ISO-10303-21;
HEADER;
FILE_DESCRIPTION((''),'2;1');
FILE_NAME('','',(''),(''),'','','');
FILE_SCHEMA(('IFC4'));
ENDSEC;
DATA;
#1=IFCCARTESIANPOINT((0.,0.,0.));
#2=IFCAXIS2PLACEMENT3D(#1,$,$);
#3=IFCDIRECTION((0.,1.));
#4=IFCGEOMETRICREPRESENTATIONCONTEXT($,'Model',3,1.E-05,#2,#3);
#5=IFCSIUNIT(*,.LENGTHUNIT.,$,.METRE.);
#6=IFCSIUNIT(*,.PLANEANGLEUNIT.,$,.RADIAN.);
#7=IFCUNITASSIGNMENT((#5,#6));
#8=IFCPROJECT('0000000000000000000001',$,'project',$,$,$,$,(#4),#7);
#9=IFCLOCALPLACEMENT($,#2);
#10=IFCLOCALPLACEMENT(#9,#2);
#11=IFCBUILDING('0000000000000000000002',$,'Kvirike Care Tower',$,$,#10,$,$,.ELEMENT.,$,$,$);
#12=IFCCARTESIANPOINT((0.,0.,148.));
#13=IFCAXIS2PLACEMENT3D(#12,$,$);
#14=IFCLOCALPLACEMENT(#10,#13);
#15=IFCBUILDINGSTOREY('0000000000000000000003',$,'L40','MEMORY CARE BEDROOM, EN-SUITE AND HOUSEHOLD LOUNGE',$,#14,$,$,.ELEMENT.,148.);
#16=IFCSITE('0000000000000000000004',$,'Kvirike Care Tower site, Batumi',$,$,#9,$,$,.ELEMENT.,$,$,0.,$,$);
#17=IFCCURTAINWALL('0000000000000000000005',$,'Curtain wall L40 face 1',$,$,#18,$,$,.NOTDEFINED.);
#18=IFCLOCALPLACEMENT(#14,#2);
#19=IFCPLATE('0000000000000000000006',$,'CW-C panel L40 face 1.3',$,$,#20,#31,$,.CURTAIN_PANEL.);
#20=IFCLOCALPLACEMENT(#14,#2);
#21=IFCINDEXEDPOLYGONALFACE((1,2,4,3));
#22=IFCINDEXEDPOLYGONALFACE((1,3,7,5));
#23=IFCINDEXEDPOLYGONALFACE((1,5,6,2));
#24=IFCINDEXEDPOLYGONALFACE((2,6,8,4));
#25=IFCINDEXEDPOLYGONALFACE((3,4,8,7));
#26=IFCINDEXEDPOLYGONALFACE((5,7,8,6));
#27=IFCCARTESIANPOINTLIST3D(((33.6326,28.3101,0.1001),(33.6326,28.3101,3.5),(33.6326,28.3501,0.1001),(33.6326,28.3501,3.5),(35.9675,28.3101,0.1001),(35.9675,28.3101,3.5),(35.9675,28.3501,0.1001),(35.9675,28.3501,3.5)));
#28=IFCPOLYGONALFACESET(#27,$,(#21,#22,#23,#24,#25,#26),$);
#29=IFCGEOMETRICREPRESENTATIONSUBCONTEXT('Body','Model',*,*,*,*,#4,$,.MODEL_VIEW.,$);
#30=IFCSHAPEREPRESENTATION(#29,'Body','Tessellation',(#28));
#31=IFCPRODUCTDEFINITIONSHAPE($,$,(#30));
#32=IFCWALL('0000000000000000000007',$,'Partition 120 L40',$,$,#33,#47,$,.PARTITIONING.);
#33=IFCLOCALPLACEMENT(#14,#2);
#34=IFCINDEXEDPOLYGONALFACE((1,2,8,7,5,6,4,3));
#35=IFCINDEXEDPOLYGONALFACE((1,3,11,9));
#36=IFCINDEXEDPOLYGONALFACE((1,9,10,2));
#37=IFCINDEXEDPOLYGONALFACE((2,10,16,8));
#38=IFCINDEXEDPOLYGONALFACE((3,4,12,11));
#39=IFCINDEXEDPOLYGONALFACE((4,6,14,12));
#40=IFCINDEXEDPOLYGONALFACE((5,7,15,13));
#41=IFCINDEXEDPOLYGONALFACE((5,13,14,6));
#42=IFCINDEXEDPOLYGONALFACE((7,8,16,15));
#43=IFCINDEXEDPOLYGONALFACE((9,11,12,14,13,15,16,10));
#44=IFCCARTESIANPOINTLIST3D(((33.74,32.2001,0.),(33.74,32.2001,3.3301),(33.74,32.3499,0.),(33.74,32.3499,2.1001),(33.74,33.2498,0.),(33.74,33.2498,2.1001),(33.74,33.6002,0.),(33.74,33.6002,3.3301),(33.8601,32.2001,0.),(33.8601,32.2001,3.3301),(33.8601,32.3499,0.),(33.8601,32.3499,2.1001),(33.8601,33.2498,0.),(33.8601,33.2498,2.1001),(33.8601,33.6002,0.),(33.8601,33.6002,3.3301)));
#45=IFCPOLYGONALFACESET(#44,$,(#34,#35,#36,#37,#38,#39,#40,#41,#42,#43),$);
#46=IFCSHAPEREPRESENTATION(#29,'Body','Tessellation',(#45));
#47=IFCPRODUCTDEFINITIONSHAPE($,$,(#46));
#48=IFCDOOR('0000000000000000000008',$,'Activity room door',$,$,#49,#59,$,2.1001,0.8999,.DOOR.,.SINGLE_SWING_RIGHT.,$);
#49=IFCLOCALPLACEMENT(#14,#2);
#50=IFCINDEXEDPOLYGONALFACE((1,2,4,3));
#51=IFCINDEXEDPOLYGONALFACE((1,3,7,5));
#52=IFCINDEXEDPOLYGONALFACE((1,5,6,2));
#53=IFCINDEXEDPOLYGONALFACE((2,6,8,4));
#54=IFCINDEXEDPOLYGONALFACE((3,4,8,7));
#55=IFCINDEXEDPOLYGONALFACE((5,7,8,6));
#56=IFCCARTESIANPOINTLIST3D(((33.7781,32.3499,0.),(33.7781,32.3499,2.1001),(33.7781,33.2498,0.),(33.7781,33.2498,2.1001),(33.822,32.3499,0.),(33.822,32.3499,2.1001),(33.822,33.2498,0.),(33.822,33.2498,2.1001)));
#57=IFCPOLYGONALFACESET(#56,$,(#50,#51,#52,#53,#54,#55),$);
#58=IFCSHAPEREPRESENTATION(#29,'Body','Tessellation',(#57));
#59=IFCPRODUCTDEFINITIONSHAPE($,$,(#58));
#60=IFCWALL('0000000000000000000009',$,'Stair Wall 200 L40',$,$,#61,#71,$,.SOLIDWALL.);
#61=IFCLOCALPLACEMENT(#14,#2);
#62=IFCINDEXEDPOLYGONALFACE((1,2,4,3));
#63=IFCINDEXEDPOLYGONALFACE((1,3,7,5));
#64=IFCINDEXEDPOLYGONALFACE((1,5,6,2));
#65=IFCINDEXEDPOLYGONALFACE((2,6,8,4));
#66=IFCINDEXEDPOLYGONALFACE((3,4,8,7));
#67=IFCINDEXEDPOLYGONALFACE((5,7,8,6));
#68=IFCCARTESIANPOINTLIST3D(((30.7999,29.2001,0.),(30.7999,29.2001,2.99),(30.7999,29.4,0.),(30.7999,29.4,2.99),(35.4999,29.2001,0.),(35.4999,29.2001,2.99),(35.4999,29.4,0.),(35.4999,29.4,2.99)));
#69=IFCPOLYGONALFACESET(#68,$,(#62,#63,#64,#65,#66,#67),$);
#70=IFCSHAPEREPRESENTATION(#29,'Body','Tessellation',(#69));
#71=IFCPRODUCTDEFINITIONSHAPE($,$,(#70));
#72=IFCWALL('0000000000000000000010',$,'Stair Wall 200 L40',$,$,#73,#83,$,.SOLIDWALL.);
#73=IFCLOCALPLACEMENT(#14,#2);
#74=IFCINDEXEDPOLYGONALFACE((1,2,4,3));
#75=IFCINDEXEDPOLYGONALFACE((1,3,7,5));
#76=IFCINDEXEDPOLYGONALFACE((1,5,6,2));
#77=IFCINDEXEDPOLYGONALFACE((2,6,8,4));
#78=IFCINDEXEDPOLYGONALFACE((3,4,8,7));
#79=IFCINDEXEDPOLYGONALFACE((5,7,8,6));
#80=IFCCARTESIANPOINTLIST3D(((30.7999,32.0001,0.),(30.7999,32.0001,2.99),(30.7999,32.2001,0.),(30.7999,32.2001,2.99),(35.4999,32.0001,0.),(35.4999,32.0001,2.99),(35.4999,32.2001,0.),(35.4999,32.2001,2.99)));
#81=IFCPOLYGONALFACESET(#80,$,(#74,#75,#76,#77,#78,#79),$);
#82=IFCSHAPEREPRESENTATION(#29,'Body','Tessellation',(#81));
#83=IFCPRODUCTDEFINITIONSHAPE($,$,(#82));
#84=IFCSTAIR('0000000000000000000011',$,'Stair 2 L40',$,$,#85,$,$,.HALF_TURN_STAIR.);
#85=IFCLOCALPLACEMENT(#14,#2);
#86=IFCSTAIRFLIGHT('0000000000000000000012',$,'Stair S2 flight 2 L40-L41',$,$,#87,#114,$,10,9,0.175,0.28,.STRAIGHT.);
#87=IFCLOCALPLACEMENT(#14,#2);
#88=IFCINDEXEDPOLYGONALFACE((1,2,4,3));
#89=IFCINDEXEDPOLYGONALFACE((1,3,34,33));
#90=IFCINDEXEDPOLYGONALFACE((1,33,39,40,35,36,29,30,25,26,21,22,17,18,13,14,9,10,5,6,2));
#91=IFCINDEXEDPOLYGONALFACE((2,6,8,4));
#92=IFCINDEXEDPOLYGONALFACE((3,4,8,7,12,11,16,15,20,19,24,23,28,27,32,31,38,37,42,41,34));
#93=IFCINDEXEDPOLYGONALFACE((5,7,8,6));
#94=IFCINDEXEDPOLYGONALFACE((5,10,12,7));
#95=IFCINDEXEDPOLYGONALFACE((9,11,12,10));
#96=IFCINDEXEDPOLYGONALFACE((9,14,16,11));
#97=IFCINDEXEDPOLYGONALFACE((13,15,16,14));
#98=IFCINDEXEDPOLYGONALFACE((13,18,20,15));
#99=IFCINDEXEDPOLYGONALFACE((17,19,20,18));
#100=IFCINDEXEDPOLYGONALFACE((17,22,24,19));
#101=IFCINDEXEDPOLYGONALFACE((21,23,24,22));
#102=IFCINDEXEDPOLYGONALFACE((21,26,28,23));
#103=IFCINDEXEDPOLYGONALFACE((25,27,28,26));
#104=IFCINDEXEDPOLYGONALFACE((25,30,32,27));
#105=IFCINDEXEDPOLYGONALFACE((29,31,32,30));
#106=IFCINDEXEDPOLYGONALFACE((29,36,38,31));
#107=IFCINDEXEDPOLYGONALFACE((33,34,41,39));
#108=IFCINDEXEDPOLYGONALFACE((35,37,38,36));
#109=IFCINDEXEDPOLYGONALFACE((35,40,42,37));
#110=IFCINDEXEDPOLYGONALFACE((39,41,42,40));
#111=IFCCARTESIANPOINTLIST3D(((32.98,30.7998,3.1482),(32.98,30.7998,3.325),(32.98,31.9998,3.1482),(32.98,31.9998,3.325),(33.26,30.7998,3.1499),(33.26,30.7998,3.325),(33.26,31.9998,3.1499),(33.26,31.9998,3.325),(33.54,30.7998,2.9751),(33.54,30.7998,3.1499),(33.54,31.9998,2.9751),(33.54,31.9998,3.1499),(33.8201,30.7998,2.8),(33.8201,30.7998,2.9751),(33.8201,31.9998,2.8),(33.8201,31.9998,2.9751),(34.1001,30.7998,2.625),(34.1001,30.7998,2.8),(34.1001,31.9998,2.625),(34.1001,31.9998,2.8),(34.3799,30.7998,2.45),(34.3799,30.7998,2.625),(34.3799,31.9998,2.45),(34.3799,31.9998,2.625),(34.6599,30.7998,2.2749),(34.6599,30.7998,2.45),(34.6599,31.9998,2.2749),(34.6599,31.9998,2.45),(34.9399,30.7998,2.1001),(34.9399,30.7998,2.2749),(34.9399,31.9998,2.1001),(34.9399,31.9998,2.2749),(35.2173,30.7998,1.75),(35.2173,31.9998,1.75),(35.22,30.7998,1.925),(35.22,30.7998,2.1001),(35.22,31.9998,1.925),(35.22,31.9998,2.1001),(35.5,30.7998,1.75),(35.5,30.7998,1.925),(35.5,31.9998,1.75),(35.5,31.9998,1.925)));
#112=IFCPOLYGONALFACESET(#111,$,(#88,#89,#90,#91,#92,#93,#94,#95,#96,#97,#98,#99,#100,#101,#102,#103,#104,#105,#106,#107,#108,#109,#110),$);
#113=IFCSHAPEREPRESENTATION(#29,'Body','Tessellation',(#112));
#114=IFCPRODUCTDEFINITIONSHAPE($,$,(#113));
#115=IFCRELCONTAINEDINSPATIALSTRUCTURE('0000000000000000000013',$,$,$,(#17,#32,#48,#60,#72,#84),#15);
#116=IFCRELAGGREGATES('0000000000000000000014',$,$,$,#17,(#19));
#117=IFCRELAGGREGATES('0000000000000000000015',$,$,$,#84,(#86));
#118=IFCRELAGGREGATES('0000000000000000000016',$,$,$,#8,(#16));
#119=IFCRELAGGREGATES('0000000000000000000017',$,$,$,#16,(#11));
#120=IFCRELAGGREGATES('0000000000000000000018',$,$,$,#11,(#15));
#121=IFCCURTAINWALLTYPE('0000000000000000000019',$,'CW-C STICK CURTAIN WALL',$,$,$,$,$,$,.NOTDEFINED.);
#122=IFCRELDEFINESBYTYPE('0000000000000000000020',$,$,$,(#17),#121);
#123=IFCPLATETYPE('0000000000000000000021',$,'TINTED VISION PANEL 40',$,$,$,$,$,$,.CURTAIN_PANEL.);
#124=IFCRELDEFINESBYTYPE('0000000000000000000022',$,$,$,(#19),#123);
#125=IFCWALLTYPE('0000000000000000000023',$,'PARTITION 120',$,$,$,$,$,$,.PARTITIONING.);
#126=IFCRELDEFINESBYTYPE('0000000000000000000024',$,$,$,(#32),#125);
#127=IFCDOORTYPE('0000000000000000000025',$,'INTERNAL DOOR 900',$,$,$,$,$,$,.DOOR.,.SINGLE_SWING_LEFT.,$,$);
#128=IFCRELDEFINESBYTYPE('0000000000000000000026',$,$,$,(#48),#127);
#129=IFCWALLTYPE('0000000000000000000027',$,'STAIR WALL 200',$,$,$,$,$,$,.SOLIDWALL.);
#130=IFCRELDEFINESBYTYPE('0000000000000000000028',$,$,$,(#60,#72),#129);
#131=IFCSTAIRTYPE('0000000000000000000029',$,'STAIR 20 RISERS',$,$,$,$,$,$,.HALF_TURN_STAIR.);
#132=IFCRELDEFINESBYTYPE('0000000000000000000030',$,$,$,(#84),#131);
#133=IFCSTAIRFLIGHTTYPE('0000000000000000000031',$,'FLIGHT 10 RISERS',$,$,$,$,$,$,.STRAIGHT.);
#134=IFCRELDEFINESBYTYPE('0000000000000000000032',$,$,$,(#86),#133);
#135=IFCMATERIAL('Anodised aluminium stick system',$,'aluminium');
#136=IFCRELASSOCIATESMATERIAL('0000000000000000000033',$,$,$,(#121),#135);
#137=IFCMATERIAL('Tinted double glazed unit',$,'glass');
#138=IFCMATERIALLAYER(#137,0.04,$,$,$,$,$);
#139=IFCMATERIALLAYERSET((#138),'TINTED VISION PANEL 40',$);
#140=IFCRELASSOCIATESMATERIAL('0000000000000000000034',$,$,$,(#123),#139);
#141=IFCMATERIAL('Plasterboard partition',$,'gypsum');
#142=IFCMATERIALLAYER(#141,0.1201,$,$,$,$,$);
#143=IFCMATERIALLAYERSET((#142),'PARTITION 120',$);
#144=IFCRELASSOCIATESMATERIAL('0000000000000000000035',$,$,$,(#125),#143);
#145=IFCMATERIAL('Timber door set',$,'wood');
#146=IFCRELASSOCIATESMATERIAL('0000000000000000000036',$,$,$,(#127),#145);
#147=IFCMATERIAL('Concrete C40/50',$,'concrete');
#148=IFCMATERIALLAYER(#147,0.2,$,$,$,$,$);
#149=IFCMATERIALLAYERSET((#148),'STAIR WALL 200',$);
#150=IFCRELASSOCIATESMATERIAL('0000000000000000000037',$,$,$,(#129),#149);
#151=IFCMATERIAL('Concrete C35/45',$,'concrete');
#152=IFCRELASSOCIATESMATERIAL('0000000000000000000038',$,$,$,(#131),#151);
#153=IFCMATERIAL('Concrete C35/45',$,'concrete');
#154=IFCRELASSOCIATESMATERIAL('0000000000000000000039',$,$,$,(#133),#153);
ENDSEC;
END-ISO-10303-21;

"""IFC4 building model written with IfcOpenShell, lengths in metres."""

from ifc_helpers import new_model, si_unit, direction, frame, frame_2d, origin, origin_2d, place, context, subcontext, project, spatial, polyline, rectangle, outline, extrude, material, layer, layer_set, type_object, element, fill, aggregate, save


model = new_model("IFC4")

# Units and contexts
model_context = context("Model", 3, precision=1e-05, world=origin(), true_north=direction((0.0, 1.0)))
body_context = subcontext(model_context, "Body", "Model", "MODEL_VIEW")
ifc_project = project(units=[si_unit("LENGTHUNIT", "METRE"), si_unit("PLANEANGLEUNIT", "RADIAN")], contexts=[model_context])

# Site, building, storey
site_placement = place(None, origin())
site = spatial("IfcSite", under=ifc_project, at=site_placement, Name="Kvirike Care Tower site, Batumi", CompositionType="ELEMENT", RefElevation=0.0)
building_placement = place(site_placement, origin())
building = spatial("IfcBuilding", under=site, at=building_placement, Name="Kvirike Care Tower", CompositionType="ELEMENT")
storey_placement = place(building_placement, frame((0.0, 0.0, 148.0)))
storey = spatial("IfcBuildingStorey", under=building, at=storey_placement, Name="L40", Description="MEMORY CARE BEDROOM, EN-SUITE AND HOUSEHOLD LOUNGE", CompositionType="ELEMENT", Elevation=148.0)

# Curtain wall
ifc_material_1 = material(Name="Anodised aluminium stick system", Category="aluminium")
curtain_wall_type = type_object("IfcCurtainWallType", Name="CW-C STICK CURTAIN WALL", PredefinedType="NOTDEFINED", material=ifc_material_1)
curtain_wall_placement = place(storey_placement, origin())
curtain_wall = element("IfcCurtainWall", 1, at=curtain_wall_placement, inside=storey, type_object=curtain_wall_type, Name="Curtain wall L40 face 1", PredefinedType="NOTDEFINED")

# Plate
ifc_material_2 = material(Name="Tinted double glazed unit", Category="glass")
ifc_layer_1 = layer(ifc_material_2, 0.04)
ifc_layer_set_1 = layer_set([ifc_layer_1], Name="TINTED VISION PANEL 40")
plate_type = type_object("IfcPlateType", Name="TINTED VISION PANEL 40", PredefinedType="CURTAIN_PANEL", material=ifc_layer_set_1)
plate_placement = place(storey_placement, frame((34.8, 28.3301, 0.1001), z_axis=(0.0, 0.0, 1.0), x_axis=(1.0, 0.0, 0.0)))
plate = element("IfcPlate", 2, at=plate_placement, type_object=plate_type, Name="CW-C panel L40 face 1.3", PredefinedType="CURTAIN_PANEL", context=body_context, shape_type="SweptSolid", body=[
    extrude(rectangle(XDim=2.335, YDim=0.04, at=origin_2d()), origin(), (0.0, 0.0, 1.0), 3.3999),
])
aggregate(curtain_wall, [plate])

# Wall, opening, door
ifc_material_3 = material(Name="Plasterboard partition", Category="gypsum")
ifc_layer_2 = layer(ifc_material_3, 0.1201)
ifc_layer_set_2 = layer_set([ifc_layer_2], Name="PARTITION 120")
wall_type_1 = type_object("IfcWallType", Name="PARTITION 120", PredefinedType="PARTITIONING", material=ifc_layer_set_2)
wall_placement = place(storey_placement, frame((33.8, 32.2, 0.0), z_axis=(0.0, 0.0, 1.0), x_axis=(0.0, 1.0, 0.0)))
wall = element("IfcWall", 3, at=wall_placement, inside=storey, type_object=wall_type_1, Name="Partition 120 L40", PredefinedType="PARTITIONING", context=body_context, shape_type="SweptSolid", body=[
    extrude(rectangle(XDim=1.4001, YDim=0.1201, at=frame_2d((0.7002, 0.0))), origin(), (0.0, 0.0, 1.0), 3.3301),
])
opening_placement = place(wall_placement, frame((0.1499, 0.0, 0.0)))
opening = element("IfcOpeningElement", 4, at=opening_placement, cuts=wall, PredefinedType="OPENING", context=body_context, shape_type="SweptSolid", body=[
    extrude(rectangle(XDim=0.8999, YDim=2.1001, at=frame_2d((0.45, 1.05))), frame((0.0, 0.0706, 0.0), z_axis=(0.0, -1.0, 0.0), x_axis=(1.0, 0.0, 0.0)), (0.0, 0.0, 1.0), 0.1411),
])
ifc_material_4 = material(Name="Timber door set", Category="wood")
door_type = type_object("IfcDoorType", Name="INTERNAL DOOR 900", OperationType="SINGLE_SWING_LEFT", PredefinedType="DOOR", material=ifc_material_4)
door_placement = place(opening_placement, origin())
door = element("IfcDoor", 5, at=door_placement, inside=storey, type_object=door_type, Name="Activity room door", OperationType="SINGLE_SWING_RIGHT", OverallHeight=2.1001, OverallWidth=0.8999, PredefinedType="DOOR", context=body_context, shape_type="SweptSolid", body=[
    extrude(rectangle(XDim=0.8999, YDim=2.1001, at=frame_2d((0.45, 1.05))), frame((0.0, 0.022, 0.0), z_axis=(0.0, -1.0, 0.0), x_axis=(1.0, 0.0, 0.0)), (0.0, 0.0, 1.0), 0.0439),
])
fill(opening, door)

# Walls
ifc_material_5 = material(Name="Concrete C40/50", Category="concrete")
ifc_layer_3 = layer(ifc_material_5, 0.2)
ifc_layer_set_3 = layer_set([ifc_layer_3], Name="STAIR WALL 200")
wall_type_2 = type_object("IfcWallType", Name="STAIR WALL 200", PredefinedType="SOLIDWALL", material=ifc_layer_set_3)
for number, where, z_axis, x_axis, name in (
    (6, (35.5, 29.3, 0.0), (0.0, 0.0, 1.0), (-1.0, 0.0, 0.0), "Stair Wall 200 L40"),
    (7, (35.5, 32.1001, 0.0), (0.0, 0.0, 1.0), (-1.0, 0.0, 0.0), "Stair Wall 200 L40"),
):
    element("IfcWall", number, at=place(storey_placement, frame(where, z_axis=z_axis, x_axis=x_axis)), inside=storey, type_object=wall_type_2, Name=name, PredefinedType="SOLIDWALL", context=body_context, shape_type="SweptSolid", body=[
        extrude(rectangle(XDim=4.7, YDim=0.2, at=frame_2d((2.3501, 0.0))), origin(), (0.0, 0.0, 1.0), 2.99),
    ])

# Stair, stair flight
ifc_material_6 = material(Name="Concrete C35/45", Category="concrete")
stair_type = type_object("IfcStairType", Name="STAIR 20 RISERS", PredefinedType="HALF_TURN_STAIR", material=ifc_material_6)
stair_placement = place(storey_placement, origin())
stair = element("IfcStair", 8, at=stair_placement, inside=storey, type_object=stair_type, Name="Stair 2 L40", PredefinedType="HALF_TURN_STAIR")
ifc_material_7 = material(Name="Concrete C35/45", Category="concrete")
stair_flight_type = type_object("IfcStairFlightType", Name="FLIGHT 10 RISERS", PredefinedType="STRAIGHT", material=ifc_material_7)
stair_flight_placement = place(storey_placement, frame((35.5, 31.3999, 1.75), z_axis=(0.0, 0.0, 1.0), x_axis=(-1.0, 0.0, 0.0)))
stair_flight = element("IfcStairFlight", 9, at=stair_flight_placement, type_object=stair_flight_type, Name="Stair S2 flight 2 L40-L41", NumberOfRisers=10, NumberOfTreads=9, PredefinedType="STRAIGHT", RiserHeight=0.175, TreadLength=0.28, context=body_context, shape_type="SweptSolid", body=[
    extrude(outline(polyline([(0.0, 0.0), (0.0, 0.175), (0.28, 0.175), (0.28, 0.3501), (0.5601, 0.3501), (0.5601, 0.5249), (0.8401, 0.5249), (0.8401, 0.7), (1.1201, 0.7), (1.1201, 0.875), (1.3999, 0.875), (1.3999, 1.05), (1.6799, 1.05), (1.6799, 1.2251), (1.96, 1.2251), (1.96, 1.3999), (2.24, 1.3999), (2.24, 1.575), (2.52, 1.575), (2.52, 1.75), (2.52, 1.3982), (0.2827, 0.0), (0.0, 0.0)])), frame((0.0, 0.6001, 0.0), z_axis=(0.0, -1.0, 0.0), x_axis=(1.0, 0.0, 0.0)), (0.0, 0.0, 1.0), 1.2),
])
aggregate(stair, [stair_flight])

save(model, "model.ifc")
